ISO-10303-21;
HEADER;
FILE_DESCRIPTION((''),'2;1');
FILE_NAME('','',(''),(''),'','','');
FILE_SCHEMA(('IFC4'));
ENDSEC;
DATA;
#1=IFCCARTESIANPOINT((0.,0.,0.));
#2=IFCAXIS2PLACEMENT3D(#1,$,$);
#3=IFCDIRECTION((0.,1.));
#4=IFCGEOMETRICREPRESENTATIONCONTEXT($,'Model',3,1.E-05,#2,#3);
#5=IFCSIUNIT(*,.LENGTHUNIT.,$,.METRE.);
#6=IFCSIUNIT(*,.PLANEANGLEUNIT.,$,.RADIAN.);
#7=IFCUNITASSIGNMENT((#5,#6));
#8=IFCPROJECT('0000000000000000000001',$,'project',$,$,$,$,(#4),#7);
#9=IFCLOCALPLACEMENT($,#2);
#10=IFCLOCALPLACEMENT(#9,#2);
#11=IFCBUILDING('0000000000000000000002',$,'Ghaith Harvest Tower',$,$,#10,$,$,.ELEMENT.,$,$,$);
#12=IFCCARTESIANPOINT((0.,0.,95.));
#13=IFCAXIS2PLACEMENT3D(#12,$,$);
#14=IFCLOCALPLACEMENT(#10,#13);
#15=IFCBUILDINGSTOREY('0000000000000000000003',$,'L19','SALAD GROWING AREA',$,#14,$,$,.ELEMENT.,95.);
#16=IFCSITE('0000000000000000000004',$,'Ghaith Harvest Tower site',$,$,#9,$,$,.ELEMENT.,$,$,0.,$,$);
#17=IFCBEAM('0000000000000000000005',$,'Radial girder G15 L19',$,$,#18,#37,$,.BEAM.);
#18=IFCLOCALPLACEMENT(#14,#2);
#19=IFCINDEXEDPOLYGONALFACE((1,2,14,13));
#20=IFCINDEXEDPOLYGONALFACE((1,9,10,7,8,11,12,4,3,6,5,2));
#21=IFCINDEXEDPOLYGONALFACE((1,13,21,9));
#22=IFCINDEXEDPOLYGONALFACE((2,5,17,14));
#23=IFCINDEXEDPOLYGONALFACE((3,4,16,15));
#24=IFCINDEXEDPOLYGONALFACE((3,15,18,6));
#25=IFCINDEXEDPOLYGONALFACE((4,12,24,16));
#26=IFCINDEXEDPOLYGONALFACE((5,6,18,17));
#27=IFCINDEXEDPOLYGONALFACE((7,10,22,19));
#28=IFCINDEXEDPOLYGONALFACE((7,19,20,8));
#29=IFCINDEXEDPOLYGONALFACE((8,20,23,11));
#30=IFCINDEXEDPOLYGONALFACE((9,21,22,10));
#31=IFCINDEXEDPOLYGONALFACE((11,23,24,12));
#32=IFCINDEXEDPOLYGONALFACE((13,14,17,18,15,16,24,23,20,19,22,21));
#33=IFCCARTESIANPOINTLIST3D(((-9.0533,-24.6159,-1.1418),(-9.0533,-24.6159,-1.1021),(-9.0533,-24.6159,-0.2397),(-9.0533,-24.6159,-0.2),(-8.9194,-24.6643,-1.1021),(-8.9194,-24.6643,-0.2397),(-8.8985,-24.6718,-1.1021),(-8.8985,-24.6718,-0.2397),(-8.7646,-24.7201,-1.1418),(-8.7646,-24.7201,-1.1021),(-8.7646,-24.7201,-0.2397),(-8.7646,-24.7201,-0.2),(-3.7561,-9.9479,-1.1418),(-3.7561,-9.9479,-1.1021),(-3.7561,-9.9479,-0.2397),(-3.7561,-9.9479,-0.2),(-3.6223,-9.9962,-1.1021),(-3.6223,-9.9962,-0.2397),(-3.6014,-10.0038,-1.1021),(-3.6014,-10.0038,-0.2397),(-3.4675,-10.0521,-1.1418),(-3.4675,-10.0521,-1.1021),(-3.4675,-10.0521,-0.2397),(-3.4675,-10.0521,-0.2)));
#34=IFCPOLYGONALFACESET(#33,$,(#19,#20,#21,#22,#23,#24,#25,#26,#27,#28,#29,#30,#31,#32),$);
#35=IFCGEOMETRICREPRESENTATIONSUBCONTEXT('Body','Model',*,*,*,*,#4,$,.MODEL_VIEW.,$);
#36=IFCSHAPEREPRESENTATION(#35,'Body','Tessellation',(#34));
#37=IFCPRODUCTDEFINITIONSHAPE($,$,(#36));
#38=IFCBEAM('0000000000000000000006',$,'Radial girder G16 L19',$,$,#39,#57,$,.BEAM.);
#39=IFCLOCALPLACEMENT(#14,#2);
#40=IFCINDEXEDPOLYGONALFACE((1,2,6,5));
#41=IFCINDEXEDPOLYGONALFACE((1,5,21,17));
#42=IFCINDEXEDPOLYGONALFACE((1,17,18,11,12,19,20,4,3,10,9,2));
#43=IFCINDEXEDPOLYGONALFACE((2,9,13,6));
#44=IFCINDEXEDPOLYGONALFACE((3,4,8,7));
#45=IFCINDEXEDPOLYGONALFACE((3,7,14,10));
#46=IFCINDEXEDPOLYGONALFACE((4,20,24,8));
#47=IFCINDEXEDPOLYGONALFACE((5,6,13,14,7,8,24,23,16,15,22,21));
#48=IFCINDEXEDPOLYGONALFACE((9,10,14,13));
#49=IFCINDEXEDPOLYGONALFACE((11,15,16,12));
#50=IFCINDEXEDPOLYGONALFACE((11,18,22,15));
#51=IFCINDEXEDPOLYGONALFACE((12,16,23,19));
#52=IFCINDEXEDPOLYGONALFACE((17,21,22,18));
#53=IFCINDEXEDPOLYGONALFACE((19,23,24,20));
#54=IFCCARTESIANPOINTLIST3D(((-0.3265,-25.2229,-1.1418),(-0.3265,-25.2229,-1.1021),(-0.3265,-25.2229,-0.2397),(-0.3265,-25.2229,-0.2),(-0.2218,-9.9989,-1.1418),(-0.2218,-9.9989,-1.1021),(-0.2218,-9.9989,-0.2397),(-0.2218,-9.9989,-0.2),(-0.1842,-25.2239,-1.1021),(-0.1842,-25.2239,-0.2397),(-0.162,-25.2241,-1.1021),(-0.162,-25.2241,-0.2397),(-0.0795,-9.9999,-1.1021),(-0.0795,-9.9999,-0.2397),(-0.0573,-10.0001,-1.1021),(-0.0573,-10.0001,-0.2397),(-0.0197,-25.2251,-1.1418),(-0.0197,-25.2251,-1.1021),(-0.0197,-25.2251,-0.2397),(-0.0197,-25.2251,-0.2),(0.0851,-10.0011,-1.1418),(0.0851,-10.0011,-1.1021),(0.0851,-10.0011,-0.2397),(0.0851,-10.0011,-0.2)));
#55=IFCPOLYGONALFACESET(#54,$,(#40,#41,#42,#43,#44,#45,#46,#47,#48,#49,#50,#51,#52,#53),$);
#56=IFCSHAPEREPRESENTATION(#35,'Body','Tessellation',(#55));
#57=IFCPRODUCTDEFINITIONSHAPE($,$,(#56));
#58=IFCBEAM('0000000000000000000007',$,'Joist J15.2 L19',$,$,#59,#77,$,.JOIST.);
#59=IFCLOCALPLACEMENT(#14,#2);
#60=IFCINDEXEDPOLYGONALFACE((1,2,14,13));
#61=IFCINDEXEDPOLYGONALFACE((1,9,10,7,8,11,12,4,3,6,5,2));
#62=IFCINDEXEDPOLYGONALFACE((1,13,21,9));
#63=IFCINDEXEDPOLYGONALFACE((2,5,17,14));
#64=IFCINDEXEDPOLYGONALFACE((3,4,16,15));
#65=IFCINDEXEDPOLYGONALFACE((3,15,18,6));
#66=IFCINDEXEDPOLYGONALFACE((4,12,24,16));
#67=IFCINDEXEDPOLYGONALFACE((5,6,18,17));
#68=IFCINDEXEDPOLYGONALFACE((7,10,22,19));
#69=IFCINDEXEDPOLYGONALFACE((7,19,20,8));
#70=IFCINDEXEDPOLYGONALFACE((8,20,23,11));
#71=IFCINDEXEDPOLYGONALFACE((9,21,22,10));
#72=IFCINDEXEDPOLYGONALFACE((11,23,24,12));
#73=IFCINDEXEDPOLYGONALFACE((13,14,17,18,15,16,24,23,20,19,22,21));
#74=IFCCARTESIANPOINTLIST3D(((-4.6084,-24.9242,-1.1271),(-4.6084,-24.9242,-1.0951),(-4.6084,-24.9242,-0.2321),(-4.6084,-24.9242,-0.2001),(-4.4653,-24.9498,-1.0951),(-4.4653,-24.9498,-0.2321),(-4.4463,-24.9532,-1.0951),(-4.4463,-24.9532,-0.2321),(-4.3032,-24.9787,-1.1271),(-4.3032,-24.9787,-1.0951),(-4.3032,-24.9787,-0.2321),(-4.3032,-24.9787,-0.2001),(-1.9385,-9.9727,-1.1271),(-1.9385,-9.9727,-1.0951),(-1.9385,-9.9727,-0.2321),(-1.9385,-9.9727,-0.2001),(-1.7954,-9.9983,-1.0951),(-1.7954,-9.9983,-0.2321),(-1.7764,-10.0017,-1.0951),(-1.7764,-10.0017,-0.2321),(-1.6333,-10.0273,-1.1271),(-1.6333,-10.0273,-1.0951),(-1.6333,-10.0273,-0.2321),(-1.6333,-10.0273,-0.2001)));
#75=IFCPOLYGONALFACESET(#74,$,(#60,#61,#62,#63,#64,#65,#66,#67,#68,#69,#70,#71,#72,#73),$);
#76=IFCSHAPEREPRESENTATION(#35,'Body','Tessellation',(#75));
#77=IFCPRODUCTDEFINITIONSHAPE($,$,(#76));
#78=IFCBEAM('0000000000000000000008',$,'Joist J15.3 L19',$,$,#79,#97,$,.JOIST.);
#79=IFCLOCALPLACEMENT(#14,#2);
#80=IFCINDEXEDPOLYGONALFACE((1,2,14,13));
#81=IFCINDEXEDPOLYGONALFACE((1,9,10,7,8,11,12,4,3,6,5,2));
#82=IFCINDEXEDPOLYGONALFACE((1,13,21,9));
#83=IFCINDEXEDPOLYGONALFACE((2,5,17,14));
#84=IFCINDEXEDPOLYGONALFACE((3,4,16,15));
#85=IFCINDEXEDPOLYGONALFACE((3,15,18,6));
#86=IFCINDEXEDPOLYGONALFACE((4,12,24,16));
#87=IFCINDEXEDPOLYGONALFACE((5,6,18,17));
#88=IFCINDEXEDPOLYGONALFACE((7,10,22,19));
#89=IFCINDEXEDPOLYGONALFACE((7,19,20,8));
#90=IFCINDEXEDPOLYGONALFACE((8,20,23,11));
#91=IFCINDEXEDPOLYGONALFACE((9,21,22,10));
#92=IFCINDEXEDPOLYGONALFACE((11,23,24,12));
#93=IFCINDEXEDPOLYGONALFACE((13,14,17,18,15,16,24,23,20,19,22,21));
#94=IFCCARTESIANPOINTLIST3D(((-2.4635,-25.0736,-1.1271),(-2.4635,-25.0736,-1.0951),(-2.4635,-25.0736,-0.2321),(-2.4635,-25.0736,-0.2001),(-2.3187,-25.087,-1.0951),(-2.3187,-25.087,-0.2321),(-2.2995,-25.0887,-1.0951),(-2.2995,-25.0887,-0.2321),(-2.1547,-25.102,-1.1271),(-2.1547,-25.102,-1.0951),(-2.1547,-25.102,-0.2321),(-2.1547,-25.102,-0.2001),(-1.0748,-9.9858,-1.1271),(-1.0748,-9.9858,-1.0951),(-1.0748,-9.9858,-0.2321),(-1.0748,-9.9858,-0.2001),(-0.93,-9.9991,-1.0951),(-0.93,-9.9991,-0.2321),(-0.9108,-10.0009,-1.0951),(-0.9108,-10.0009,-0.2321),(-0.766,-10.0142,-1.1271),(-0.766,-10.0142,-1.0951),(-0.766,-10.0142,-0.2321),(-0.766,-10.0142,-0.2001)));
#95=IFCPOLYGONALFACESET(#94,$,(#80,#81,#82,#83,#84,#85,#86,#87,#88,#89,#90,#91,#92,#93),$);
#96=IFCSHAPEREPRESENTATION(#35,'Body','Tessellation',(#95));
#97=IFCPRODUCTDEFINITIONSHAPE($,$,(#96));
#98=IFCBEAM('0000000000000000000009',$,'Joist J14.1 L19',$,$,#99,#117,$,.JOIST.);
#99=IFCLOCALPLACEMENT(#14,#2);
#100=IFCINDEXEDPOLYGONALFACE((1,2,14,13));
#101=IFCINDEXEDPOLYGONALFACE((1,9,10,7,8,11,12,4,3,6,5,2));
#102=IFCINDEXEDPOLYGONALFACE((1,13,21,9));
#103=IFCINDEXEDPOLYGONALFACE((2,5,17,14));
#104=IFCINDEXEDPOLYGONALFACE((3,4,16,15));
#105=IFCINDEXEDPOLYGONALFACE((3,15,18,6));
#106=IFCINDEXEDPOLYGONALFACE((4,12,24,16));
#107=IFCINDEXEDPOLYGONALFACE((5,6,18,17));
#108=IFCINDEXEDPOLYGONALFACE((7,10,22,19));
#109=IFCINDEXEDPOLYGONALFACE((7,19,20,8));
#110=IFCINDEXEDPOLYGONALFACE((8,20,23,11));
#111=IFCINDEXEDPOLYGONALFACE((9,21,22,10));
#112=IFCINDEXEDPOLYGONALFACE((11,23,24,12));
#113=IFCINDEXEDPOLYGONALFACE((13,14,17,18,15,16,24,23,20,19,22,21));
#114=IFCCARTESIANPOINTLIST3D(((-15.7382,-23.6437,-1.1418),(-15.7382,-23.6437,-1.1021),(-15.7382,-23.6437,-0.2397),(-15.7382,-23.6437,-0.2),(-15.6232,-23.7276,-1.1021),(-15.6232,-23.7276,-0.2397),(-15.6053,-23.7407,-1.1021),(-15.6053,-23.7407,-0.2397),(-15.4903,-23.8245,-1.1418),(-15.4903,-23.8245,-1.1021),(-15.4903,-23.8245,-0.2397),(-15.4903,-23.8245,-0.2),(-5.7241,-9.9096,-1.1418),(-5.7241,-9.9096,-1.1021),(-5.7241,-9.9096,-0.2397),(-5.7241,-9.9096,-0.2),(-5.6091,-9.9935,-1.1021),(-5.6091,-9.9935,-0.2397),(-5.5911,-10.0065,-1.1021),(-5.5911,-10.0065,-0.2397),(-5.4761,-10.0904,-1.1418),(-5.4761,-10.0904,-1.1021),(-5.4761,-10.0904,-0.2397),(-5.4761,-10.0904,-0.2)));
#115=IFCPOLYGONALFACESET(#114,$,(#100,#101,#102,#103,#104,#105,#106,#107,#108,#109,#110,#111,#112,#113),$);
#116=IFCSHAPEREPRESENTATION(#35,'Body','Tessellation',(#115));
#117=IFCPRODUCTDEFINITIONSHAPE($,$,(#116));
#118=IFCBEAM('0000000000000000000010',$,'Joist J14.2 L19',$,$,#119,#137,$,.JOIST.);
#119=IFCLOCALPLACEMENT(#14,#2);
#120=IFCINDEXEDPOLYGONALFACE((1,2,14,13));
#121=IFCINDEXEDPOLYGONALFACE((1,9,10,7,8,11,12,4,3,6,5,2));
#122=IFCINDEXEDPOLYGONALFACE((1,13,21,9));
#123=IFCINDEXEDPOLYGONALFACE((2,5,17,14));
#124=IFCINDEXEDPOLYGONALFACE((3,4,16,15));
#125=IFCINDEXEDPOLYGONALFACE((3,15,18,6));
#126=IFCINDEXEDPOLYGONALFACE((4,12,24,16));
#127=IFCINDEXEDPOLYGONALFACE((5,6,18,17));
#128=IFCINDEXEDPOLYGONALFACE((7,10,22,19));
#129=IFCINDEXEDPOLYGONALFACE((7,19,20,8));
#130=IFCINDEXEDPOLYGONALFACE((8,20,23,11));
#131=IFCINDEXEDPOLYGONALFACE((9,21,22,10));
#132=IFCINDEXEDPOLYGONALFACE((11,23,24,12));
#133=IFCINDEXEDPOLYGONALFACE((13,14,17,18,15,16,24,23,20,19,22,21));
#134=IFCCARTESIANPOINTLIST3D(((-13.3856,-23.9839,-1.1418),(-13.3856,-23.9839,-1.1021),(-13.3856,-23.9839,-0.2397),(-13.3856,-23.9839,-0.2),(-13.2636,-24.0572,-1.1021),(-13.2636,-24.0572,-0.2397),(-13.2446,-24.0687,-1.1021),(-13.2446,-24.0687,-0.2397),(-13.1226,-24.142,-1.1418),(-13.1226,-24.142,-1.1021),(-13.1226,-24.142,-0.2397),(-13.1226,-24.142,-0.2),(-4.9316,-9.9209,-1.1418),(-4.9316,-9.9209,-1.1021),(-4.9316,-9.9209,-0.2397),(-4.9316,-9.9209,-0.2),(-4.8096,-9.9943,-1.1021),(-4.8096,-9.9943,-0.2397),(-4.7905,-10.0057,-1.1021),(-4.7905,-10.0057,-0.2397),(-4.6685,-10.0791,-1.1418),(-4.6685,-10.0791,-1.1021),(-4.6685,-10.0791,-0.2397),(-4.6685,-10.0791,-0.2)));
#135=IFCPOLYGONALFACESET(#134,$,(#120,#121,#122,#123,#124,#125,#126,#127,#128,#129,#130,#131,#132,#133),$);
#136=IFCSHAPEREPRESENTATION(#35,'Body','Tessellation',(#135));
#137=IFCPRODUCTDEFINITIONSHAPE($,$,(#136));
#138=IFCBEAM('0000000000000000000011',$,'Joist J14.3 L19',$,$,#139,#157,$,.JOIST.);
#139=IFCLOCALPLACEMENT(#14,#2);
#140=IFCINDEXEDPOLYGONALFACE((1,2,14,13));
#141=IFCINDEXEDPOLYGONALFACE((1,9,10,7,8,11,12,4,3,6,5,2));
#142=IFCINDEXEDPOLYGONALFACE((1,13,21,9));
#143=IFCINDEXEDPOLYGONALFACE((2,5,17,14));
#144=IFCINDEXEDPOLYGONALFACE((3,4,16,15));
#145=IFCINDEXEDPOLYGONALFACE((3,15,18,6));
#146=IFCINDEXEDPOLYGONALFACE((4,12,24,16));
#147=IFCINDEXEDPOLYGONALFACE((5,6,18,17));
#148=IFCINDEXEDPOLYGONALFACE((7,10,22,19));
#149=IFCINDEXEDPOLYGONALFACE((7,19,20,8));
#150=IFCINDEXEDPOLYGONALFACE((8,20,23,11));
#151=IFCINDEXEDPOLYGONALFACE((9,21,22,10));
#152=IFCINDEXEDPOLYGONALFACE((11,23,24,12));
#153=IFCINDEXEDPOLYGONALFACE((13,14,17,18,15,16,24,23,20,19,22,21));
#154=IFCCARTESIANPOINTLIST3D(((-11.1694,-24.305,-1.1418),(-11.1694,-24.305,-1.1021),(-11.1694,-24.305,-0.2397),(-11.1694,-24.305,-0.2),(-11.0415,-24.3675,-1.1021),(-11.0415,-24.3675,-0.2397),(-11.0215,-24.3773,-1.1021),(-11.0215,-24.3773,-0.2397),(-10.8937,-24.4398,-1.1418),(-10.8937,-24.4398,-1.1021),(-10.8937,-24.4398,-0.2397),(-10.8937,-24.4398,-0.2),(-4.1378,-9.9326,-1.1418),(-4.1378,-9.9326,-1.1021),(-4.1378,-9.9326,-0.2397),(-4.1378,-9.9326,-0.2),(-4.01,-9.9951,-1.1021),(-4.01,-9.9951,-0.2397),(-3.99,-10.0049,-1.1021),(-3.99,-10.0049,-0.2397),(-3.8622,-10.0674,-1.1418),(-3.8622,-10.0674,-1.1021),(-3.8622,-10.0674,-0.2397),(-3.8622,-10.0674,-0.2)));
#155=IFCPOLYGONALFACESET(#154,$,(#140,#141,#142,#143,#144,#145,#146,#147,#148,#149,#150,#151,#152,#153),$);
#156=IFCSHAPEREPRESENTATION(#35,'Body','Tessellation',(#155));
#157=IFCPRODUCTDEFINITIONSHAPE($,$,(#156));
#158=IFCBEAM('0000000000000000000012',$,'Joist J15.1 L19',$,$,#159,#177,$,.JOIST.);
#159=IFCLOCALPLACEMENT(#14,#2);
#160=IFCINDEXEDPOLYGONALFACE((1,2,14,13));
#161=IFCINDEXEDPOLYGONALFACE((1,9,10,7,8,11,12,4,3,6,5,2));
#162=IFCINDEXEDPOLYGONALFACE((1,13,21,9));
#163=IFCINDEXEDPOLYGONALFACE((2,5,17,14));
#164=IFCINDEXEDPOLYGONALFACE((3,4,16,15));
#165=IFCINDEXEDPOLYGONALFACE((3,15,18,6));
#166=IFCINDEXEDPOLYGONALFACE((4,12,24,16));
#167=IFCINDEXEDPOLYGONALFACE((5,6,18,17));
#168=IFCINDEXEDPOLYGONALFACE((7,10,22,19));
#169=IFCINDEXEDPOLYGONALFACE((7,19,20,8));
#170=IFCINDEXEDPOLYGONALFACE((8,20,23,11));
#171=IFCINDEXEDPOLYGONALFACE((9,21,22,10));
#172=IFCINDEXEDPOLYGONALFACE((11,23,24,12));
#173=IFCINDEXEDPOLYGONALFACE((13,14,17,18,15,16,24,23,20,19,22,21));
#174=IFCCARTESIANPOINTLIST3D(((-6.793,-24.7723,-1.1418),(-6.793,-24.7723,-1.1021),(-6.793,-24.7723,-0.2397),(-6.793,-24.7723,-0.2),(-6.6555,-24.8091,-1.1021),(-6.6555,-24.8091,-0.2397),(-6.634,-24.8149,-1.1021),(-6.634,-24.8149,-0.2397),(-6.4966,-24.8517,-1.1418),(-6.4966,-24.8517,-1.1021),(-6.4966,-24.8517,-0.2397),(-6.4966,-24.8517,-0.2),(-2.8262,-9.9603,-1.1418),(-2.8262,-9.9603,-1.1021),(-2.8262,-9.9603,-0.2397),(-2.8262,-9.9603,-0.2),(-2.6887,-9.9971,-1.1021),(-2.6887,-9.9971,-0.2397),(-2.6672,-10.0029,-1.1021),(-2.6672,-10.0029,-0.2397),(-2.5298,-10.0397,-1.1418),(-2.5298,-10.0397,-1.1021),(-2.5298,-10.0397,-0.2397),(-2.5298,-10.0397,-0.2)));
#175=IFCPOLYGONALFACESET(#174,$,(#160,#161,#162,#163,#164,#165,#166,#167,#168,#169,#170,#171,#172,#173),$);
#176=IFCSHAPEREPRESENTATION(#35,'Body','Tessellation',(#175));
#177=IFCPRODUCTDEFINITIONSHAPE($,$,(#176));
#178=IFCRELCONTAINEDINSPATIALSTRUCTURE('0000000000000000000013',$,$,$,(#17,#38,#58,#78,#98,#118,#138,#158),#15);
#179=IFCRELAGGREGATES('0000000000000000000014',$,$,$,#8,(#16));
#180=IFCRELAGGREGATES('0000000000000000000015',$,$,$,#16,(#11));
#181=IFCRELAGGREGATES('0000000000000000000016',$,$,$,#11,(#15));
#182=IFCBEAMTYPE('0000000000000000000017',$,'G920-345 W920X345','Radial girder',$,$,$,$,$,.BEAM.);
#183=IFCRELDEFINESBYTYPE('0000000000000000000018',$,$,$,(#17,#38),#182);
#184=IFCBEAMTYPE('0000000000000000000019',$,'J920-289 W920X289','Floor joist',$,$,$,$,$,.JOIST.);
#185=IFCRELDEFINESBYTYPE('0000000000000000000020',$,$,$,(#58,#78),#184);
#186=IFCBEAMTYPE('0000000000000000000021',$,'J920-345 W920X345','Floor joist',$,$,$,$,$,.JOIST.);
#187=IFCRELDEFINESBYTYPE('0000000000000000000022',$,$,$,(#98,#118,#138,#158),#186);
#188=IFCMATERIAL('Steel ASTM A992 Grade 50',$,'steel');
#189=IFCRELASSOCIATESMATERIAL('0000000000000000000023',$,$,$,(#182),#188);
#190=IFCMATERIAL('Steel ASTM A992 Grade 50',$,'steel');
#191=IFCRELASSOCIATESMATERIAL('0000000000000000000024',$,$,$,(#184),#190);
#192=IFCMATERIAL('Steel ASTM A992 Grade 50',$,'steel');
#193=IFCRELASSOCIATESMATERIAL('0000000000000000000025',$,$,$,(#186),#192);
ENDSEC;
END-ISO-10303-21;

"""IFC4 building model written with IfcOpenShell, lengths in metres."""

from ifc_helpers import new_model, si_unit, direction, frame, origin, origin_2d, place, context, subcontext, project, spatial, i_section, extrude, material, material_profile, profile_set, type_object, element, save


model = new_model("IFC4")

# Units and contexts
model_context = context("Model", 3, precision=1e-05, world=origin(), true_north=direction((0.0, 1.0)))
body_context = subcontext(model_context, "Body", "Model", "MODEL_VIEW")
ifc_project = project(units=[si_unit("LENGTHUNIT", "METRE"), si_unit("PLANEANGLEUNIT", "RADIAN")], contexts=[model_context])

# Site, building, storey
site_placement = place(None, origin())
site = spatial("IfcSite", under=ifc_project, at=site_placement, Name="Ghaith Harvest Tower site", CompositionType="ELEMENT", RefElevation=0.0)
building_placement = place(site_placement, origin())
building = spatial("IfcBuilding", under=site, at=building_placement, Name="Ghaith Harvest Tower", CompositionType="ELEMENT")
storey_placement = place(building_placement, frame((0.0, 0.0, 95.0)))
storey = spatial("IfcBuildingStorey", under=building, at=storey_placement, Name="L19", Description="SALAD GROWING AREA", CompositionType="ELEMENT", Elevation=95.0)

# Beams
ifc_material_1 = material(Name="Steel ASTM A992 Grade 50", Category="steel")
ifc_material_profile_1 = material_profile(ifc_material_1, i_section(OverallWidth=0.3069, OverallDepth=0.9419, WebThickness=0.0222, FlangeThickness=0.0398, at=origin_2d()), Name="W920X345")
ifc_profile_set_1 = profile_set([ifc_material_profile_1], Name="Steel ASTM A992 Grade 50")
beam_type_1 = type_object("IfcBeamType", Name="G920-345 W920X345", Description="Radial girder", PredefinedType="BEAM", material=ifc_profile_set_1)
beam_1_placement = place(storey_placement, frame((-3.6118, -10.0, -0.6709), z_axis=(-0.339664, -0.940547, 0.0), x_axis=(0.940547, -0.339664, 0.0)))
element("IfcBeam", 1, at=beam_1_placement, inside=storey, type_object=beam_type_1, Name="Radial girder G15 L19", PredefinedType="BEAM", context=body_context, shape_type="SweptSolid", body=[
    extrude(i_section(OverallWidth=0.3069, OverallDepth=0.9419, WebThickness=0.0222, FlangeThickness=0.0398, at=origin_2d()), origin(), (0.0, 0.0, 1.0), 15.5952),
])
beam_2_placement = place(storey_placement, frame((-0.0684, -10.0, -0.6709), z_axis=(-0.006879, -0.999976, 0.0), x_axis=(0.999976, -0.006879, 0.0)))
element("IfcBeam", 2, at=beam_2_placement, inside=storey, type_object=beam_type_1, Name="Radial girder G16 L19", PredefinedType="BEAM", context=body_context, shape_type="SweptSolid", body=[
    extrude(i_section(OverallWidth=0.3069, OverallDepth=0.9419, WebThickness=0.0222, FlangeThickness=0.0398, at=origin_2d()), origin(), (0.0, 0.0, 1.0), 15.2244),
])
ifc_material_2 = material(Name="Steel ASTM A992 Grade 50", Category="steel")
ifc_material_profile_2 = material_profile(ifc_material_2, i_section(OverallWidth=0.3101, OverallDepth=0.927, WebThickness=0.0193, FlangeThickness=0.032, at=origin_2d()), Name="W920X289")
ifc_profile_set_2 = profile_set([ifc_material_profile_2], Name="Steel ASTM A992 Grade 50")
beam_type_2 = type_object("IfcBeamType", Name="J920-289 W920X289", Description="Floor joist", PredefinedType="JOIST", material=ifc_profile_set_2)
beam_3_placement = place(storey_placement, frame((-1.7859, -10.0, -0.6636), z_axis=(-0.175792, -0.984427, 0.0), x_axis=(0.984427, -0.175792, 0.0)))
element("IfcBeam", 3, at=beam_3_placement, inside=storey, type_object=beam_type_2, Name="Joist J15.2 L19", PredefinedType="JOIST", context=body_context, shape_type="SweptSolid", body=[
    extrude(i_section(OverallWidth=0.3101, OverallDepth=0.927, WebThickness=0.0193, FlangeThickness=0.032, at=origin_2d()), origin(), (0.0, 0.0, 1.0), 15.188),
])
beam_4_placement = place(storey_placement, frame((-0.9204, -10.0, -0.6636), z_axis=(-0.091651, -0.995791, 0.0), x_axis=(0.995791, -0.091651, 0.0)))
element("IfcBeam", 4, at=beam_4_placement, inside=storey, type_object=beam_type_2, Name="Joist J15.3 L19", PredefinedType="JOIST", context=body_context, shape_type="SweptSolid", body=[
    extrude(i_section(OverallWidth=0.3101, OverallDepth=0.927, WebThickness=0.0193, FlangeThickness=0.032, at=origin_2d()), origin(), (0.0, 0.0, 1.0), 15.1516),
])
ifc_material_3 = material(Name="Steel ASTM A992 Grade 50", Category="steel")
ifc_material_profile_3 = material_profile(ifc_material_3, i_section(OverallWidth=0.3069, OverallDepth=0.9419, WebThickness=0.0222, FlangeThickness=0.0398, at=origin_2d()), Name="W920X345")
ifc_profile_set_3 = profile_set([ifc_material_profile_3], Name="Steel ASTM A992 Grade 50")
beam_type_3 = type_object("IfcBeamType", Name="J920-345 W920X345", Description="Floor joist", PredefinedType="JOIST", material=ifc_profile_set_3)
beam_5_placement = place(storey_placement, frame((-5.6001, -10.0, -0.6709), z_axis=(-0.58916, -0.808016, 0.0), x_axis=(0.808016, -0.58916, 0.0)))
element("IfcBeam", 5, at=beam_5_placement, inside=storey, type_object=beam_type_3, Name="Joist J14.1 L19", PredefinedType="JOIST", context=body_context, shape_type="SweptSolid", body=[
    extrude(i_section(OverallWidth=0.3069, OverallDepth=0.9419, WebThickness=0.0222, FlangeThickness=0.0398, at=origin_2d()), origin(), (0.0, 0.0, 1.0), 16.9973),
])
beam_6_placement = place(storey_placement, frame((-4.8, -10.0, -0.6709), z_axis=(-0.515226, -0.857054, 0.0), x_axis=(0.857054, -0.515226, 0.0)))
element("IfcBeam", 6, at=beam_6_placement, inside=storey, type_object=beam_type_3, Name="Joist J14.2 L19", PredefinedType="JOIST", context=body_context, shape_type="SweptSolid", body=[
    extrude(i_section(OverallWidth=0.3069, OverallDepth=0.9419, WebThickness=0.0222, FlangeThickness=0.0398, at=origin_2d()), origin(), (0.0, 0.0, 1.0), 16.4084),
])
beam_7_placement = place(storey_placement, frame((-4.0, -10.0, -0.6709), z_axis=(-0.439464, -0.89826, 0.0), x_axis=(0.89826, -0.439464, 0.0)))
element("IfcBeam", 7, at=beam_7_placement, inside=storey, type_object=beam_type_3, Name="Joist J14.3 L19", PredefinedType="JOIST", context=body_context, shape_type="SweptSolid", body=[
    extrude(i_section(OverallWidth=0.3069, OverallDepth=0.9419, WebThickness=0.0222, FlangeThickness=0.0398, at=origin_2d()), origin(), (0.0, 0.0, 1.0), 16.0002),
])
beam_8_placement = place(storey_placement, frame((-2.678, -10.0, -0.6709), z_axis=(-0.258693, -0.96596, 0.0), x_axis=(0.96596, -0.258693, 0.0)))
element("IfcBeam", 8, at=beam_8_placement, inside=storey, type_object=beam_type_3, Name="Joist J15.1 L19", PredefinedType="JOIST", context=body_context, shape_type="SweptSolid", body=[
    extrude(i_section(OverallWidth=0.3069, OverallDepth=0.9419, WebThickness=0.0222, FlangeThickness=0.0398, at=origin_2d()), origin(), (0.0, 0.0, 1.0), 15.334),
])

save(model, "model.ifc")
